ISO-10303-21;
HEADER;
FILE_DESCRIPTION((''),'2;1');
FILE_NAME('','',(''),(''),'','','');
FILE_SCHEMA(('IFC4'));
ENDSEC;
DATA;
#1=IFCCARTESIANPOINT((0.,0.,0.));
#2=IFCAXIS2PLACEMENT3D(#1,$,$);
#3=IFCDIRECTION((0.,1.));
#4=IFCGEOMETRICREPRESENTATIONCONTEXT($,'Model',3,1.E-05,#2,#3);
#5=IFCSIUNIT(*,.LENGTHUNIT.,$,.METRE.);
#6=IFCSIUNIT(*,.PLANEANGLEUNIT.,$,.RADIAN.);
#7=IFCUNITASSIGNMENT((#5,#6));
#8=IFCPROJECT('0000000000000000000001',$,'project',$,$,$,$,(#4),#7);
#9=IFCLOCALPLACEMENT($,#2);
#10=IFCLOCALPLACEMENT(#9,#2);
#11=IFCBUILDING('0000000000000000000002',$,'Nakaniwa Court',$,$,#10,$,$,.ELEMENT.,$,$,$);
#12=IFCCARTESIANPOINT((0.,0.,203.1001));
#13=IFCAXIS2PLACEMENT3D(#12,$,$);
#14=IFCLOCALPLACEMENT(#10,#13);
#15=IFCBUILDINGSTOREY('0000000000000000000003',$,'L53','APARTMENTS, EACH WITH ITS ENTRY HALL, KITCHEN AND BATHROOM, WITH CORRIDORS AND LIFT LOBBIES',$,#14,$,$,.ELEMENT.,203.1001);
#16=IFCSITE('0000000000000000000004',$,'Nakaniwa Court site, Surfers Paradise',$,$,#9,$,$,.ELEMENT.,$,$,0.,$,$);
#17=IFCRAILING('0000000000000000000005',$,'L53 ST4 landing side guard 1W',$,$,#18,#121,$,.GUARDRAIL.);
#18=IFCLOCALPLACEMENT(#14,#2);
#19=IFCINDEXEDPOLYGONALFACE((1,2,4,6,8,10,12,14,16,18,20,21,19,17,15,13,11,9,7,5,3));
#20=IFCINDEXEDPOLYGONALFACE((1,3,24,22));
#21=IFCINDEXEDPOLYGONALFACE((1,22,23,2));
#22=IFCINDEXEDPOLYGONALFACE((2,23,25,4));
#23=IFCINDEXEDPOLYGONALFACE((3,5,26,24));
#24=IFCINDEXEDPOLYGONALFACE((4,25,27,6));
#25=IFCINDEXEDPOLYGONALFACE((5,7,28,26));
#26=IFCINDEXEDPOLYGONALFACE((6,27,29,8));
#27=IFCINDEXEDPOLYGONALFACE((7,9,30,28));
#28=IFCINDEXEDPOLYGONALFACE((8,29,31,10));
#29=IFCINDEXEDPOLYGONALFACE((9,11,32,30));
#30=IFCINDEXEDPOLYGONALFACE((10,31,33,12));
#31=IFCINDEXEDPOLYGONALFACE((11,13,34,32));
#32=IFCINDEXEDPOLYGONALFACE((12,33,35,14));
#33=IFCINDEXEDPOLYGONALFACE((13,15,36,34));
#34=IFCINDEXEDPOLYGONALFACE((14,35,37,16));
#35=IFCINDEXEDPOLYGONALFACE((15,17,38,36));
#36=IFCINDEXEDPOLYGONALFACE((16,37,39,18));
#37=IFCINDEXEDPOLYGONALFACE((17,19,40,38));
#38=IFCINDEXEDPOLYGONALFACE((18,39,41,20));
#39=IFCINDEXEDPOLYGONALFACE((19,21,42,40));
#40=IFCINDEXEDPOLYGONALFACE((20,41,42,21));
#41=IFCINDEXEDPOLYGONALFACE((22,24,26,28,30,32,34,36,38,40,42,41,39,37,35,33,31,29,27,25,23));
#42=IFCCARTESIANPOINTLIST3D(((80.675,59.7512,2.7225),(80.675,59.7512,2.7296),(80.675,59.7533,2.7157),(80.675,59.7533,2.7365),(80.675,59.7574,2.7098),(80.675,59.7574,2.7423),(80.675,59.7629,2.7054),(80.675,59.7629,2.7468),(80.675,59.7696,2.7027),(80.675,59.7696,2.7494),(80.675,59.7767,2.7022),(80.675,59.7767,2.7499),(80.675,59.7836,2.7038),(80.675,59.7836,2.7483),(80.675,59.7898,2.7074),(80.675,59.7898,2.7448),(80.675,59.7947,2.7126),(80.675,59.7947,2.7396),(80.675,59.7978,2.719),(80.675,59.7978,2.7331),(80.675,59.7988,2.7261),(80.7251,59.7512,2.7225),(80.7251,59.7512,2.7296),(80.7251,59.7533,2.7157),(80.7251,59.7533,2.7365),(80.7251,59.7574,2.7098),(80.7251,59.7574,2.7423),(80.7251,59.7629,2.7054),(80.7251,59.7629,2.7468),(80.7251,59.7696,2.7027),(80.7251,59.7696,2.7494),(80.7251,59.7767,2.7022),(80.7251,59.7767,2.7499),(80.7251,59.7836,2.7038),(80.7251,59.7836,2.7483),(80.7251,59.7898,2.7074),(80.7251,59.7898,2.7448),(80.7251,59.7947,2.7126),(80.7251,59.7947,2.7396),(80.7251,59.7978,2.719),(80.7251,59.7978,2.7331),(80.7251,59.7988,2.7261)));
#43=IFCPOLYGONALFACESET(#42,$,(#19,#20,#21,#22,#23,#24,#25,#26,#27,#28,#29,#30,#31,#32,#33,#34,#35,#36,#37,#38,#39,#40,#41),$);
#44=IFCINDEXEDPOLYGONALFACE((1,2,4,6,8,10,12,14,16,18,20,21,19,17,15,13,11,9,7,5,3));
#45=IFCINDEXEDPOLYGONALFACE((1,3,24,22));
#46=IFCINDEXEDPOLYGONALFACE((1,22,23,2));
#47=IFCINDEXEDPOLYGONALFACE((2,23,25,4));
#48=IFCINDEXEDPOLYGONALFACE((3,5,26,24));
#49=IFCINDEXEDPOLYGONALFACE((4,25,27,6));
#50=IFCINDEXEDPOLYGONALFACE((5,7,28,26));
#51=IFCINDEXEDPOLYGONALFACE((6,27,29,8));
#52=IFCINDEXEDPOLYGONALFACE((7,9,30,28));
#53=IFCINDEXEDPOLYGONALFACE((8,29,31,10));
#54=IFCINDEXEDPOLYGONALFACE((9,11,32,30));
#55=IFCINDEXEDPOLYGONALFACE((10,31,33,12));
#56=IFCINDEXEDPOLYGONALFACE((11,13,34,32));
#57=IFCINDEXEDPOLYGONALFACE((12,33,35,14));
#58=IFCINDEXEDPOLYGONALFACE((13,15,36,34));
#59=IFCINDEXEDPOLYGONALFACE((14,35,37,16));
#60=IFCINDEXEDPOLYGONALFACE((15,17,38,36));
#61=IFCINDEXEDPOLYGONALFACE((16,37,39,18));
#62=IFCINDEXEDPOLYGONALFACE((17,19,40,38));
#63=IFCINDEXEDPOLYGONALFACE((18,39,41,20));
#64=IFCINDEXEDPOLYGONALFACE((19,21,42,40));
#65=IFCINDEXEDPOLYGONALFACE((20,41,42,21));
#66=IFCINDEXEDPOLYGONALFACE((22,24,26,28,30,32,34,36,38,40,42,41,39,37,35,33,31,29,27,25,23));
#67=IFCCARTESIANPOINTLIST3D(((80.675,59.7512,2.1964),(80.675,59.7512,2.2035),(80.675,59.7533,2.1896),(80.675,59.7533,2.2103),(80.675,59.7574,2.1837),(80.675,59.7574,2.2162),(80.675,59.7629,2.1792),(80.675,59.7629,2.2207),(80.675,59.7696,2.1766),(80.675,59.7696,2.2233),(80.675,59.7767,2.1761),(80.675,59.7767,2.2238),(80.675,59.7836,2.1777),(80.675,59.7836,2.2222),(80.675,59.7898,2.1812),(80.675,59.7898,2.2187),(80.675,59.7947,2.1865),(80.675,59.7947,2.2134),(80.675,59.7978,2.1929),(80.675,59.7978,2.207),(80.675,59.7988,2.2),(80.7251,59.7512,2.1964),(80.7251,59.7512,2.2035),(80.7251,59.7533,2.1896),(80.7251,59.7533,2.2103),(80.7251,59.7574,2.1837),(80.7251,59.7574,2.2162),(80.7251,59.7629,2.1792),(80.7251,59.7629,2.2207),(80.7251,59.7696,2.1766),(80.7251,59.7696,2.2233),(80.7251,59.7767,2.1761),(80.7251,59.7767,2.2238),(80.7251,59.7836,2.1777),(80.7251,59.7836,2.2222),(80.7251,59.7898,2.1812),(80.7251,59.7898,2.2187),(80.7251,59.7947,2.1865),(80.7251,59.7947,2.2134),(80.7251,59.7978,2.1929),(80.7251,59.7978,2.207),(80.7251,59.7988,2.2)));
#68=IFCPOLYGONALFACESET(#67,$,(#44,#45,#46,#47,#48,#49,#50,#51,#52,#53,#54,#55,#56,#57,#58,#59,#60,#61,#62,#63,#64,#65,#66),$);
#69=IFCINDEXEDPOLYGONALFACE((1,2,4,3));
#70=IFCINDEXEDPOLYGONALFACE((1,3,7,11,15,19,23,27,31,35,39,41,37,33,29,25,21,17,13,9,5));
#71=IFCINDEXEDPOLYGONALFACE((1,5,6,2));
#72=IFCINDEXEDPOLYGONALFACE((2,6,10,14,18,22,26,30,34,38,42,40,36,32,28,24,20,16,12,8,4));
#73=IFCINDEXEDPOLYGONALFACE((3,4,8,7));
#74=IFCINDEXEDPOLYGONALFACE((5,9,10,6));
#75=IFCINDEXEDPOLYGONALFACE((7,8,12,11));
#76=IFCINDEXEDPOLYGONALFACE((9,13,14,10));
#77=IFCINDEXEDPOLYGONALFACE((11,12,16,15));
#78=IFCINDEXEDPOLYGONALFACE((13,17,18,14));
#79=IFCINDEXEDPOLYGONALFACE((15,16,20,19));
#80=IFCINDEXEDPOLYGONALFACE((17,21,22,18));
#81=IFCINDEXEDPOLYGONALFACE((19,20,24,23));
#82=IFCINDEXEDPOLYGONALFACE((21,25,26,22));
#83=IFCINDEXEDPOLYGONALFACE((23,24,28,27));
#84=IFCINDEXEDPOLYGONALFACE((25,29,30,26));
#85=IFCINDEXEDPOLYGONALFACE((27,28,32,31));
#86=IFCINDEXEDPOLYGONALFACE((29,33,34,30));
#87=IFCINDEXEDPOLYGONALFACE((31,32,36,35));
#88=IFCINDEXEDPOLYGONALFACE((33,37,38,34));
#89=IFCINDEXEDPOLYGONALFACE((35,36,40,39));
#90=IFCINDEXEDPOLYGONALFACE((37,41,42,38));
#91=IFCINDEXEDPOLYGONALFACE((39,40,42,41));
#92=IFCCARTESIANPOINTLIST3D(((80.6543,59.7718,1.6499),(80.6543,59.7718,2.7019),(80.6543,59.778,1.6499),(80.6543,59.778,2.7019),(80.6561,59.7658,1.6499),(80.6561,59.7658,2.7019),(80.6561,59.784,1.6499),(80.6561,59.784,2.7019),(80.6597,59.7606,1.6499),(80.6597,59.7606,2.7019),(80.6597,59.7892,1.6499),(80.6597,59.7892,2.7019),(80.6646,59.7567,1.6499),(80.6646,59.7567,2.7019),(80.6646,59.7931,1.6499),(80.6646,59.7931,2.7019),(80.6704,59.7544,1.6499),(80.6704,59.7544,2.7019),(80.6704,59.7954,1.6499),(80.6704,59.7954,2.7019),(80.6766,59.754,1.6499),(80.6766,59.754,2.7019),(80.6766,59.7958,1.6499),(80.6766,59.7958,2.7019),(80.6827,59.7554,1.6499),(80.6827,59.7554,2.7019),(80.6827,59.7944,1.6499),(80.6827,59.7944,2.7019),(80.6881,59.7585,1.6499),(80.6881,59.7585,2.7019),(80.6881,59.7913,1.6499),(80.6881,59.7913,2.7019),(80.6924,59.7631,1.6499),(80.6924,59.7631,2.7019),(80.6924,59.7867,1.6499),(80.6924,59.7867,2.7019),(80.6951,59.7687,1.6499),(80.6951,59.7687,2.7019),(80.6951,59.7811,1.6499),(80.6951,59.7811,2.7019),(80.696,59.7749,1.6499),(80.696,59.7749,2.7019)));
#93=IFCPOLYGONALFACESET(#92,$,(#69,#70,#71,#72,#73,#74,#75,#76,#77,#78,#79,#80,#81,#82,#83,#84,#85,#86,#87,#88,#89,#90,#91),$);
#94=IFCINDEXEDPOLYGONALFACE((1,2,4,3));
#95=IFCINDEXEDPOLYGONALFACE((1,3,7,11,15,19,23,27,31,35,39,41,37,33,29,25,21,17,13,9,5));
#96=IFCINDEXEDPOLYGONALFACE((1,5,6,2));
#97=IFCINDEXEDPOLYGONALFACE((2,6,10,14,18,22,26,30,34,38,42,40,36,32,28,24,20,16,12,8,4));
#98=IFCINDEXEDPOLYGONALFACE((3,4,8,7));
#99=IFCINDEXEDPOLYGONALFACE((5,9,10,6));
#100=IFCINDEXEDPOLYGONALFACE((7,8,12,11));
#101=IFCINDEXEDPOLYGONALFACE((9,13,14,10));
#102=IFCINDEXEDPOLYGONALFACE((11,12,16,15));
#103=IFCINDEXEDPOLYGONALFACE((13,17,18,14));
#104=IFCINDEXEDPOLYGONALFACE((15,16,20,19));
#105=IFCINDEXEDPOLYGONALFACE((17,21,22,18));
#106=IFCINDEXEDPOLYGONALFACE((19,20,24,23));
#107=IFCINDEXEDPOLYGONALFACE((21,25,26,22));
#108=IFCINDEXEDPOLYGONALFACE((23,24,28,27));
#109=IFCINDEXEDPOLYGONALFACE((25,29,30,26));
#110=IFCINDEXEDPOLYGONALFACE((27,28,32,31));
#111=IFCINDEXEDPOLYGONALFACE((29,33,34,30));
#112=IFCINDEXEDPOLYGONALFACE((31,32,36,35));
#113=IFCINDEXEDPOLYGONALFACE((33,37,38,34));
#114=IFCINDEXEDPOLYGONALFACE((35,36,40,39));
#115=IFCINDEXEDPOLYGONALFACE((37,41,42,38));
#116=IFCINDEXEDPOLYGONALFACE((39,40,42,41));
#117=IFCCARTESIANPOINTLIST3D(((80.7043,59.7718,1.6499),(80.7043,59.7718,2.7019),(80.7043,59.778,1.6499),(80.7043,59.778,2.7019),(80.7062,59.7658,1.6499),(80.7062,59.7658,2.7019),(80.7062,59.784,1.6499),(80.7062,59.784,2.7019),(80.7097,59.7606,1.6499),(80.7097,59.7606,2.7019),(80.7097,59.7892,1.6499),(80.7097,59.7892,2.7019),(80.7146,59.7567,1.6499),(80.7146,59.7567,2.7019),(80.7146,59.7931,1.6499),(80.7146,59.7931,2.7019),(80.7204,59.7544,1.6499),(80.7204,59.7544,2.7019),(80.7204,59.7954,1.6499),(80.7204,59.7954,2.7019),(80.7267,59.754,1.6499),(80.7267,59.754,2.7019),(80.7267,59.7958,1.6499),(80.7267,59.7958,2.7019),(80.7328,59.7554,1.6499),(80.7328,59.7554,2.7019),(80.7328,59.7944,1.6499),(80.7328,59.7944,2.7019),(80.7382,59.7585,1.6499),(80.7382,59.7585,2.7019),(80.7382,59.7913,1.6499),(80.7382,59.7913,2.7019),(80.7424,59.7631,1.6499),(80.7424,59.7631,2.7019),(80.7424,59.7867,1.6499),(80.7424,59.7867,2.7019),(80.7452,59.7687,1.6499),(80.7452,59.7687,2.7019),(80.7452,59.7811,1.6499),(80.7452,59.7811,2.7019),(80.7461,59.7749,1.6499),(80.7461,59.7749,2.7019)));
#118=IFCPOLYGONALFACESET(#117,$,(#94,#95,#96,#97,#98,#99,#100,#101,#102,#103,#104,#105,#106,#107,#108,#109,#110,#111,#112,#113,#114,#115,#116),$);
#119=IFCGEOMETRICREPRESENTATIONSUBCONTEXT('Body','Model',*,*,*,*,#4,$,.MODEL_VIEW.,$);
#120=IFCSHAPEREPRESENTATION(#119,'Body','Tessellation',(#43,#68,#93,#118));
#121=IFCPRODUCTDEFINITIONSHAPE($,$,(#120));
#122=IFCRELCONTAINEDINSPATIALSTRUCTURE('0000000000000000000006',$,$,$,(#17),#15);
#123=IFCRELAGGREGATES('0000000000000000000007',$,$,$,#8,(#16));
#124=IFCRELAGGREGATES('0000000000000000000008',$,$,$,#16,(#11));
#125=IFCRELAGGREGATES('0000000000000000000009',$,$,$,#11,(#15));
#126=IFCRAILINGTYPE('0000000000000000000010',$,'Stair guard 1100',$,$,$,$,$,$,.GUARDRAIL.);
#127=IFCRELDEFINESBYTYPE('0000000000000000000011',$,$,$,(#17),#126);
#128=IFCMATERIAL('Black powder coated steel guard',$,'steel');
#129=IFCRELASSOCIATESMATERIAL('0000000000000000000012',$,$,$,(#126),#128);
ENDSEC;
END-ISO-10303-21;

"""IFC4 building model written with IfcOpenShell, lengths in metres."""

from ifc_helpers import new_model, si_unit, direction, frame, origin, origin_2d, place, context, subcontext, project, spatial, circle, extrude, material, type_object, element, save


model = new_model("IFC4")

# Units and contexts
model_context = context("Model", 3, precision=1e-05, world=origin(), true_north=direction((0.0, 1.0)))
body_context = subcontext(model_context, "Body", "Model", "MODEL_VIEW")
ifc_project = project(units=[si_unit("LENGTHUNIT", "METRE"), si_unit("PLANEANGLEUNIT", "RADIAN")], contexts=[model_context])

# Site, building, storey
site_placement = place(None, origin())
site = spatial("IfcSite", under=ifc_project, at=site_placement, Name="Nakaniwa Court site, Surfers Paradise", CompositionType="ELEMENT", RefElevation=0.0)
building_placement = place(site_placement, origin())
building = spatial("IfcBuilding", under=site, at=building_placement, Name="Nakaniwa Court", CompositionType="ELEMENT")
storey_placement = place(building_placement, frame((0.0, 0.0, 203.1001)))
storey = spatial("IfcBuildingStorey", under=building, at=storey_placement, Name="L53", Description="APARTMENTS, EACH WITH ITS ENTRY HALL, KITCHEN AND BATHROOM, WITH CORRIDORS AND LIFT LOBBIES", CompositionType="ELEMENT", Elevation=203.1001)

# Railing
ifc_material_1 = material(Name="Black powder coated steel guard", Category="steel")
railing_type_1 = type_object("IfcRailingType", Name="Stair guard 1100", PredefinedType="GUARDRAIL", material=ifc_material_1)
for number, where, name in (
    (1, (80.675, 59.7749, 1.6499), "L53 ST4 landing side guard 1W"),
):
    element("IfcRailing", number, at=place(storey_placement, frame(where)), inside=storey, type_object=railing_type_1, Name=name, PredefinedType="GUARDRAIL", context=body_context, shape_type="SweptSolid", body=[
        extrude(circle(Radius=0.0239, at=origin_2d()), frame((0.0, 0.0, 1.0762), z_axis=(1.0, 0.0, 0.0), x_axis=(0.0, 1.0, 0.0)), (0.0, 0.0, 1.0), 0.05),
        extrude(circle(Radius=0.0239, at=origin_2d()), frame((0.0, 0.0, 0.55), z_axis=(1.0, 0.0, 0.0), x_axis=(0.0, 1.0, 0.0)), (0.0, 0.0, 1.0), 0.05),
        extrude(circle(Radius=0.021, at=origin_2d()), origin(), (0.0, 0.0, 1.0), 1.052),
        extrude(circle(Radius=0.021, at=origin_2d()), frame((0.05, 0.0, 0.0)), (0.0, 0.0, 1.0), 1.052),
    ])

save(model, "model.ifc")
